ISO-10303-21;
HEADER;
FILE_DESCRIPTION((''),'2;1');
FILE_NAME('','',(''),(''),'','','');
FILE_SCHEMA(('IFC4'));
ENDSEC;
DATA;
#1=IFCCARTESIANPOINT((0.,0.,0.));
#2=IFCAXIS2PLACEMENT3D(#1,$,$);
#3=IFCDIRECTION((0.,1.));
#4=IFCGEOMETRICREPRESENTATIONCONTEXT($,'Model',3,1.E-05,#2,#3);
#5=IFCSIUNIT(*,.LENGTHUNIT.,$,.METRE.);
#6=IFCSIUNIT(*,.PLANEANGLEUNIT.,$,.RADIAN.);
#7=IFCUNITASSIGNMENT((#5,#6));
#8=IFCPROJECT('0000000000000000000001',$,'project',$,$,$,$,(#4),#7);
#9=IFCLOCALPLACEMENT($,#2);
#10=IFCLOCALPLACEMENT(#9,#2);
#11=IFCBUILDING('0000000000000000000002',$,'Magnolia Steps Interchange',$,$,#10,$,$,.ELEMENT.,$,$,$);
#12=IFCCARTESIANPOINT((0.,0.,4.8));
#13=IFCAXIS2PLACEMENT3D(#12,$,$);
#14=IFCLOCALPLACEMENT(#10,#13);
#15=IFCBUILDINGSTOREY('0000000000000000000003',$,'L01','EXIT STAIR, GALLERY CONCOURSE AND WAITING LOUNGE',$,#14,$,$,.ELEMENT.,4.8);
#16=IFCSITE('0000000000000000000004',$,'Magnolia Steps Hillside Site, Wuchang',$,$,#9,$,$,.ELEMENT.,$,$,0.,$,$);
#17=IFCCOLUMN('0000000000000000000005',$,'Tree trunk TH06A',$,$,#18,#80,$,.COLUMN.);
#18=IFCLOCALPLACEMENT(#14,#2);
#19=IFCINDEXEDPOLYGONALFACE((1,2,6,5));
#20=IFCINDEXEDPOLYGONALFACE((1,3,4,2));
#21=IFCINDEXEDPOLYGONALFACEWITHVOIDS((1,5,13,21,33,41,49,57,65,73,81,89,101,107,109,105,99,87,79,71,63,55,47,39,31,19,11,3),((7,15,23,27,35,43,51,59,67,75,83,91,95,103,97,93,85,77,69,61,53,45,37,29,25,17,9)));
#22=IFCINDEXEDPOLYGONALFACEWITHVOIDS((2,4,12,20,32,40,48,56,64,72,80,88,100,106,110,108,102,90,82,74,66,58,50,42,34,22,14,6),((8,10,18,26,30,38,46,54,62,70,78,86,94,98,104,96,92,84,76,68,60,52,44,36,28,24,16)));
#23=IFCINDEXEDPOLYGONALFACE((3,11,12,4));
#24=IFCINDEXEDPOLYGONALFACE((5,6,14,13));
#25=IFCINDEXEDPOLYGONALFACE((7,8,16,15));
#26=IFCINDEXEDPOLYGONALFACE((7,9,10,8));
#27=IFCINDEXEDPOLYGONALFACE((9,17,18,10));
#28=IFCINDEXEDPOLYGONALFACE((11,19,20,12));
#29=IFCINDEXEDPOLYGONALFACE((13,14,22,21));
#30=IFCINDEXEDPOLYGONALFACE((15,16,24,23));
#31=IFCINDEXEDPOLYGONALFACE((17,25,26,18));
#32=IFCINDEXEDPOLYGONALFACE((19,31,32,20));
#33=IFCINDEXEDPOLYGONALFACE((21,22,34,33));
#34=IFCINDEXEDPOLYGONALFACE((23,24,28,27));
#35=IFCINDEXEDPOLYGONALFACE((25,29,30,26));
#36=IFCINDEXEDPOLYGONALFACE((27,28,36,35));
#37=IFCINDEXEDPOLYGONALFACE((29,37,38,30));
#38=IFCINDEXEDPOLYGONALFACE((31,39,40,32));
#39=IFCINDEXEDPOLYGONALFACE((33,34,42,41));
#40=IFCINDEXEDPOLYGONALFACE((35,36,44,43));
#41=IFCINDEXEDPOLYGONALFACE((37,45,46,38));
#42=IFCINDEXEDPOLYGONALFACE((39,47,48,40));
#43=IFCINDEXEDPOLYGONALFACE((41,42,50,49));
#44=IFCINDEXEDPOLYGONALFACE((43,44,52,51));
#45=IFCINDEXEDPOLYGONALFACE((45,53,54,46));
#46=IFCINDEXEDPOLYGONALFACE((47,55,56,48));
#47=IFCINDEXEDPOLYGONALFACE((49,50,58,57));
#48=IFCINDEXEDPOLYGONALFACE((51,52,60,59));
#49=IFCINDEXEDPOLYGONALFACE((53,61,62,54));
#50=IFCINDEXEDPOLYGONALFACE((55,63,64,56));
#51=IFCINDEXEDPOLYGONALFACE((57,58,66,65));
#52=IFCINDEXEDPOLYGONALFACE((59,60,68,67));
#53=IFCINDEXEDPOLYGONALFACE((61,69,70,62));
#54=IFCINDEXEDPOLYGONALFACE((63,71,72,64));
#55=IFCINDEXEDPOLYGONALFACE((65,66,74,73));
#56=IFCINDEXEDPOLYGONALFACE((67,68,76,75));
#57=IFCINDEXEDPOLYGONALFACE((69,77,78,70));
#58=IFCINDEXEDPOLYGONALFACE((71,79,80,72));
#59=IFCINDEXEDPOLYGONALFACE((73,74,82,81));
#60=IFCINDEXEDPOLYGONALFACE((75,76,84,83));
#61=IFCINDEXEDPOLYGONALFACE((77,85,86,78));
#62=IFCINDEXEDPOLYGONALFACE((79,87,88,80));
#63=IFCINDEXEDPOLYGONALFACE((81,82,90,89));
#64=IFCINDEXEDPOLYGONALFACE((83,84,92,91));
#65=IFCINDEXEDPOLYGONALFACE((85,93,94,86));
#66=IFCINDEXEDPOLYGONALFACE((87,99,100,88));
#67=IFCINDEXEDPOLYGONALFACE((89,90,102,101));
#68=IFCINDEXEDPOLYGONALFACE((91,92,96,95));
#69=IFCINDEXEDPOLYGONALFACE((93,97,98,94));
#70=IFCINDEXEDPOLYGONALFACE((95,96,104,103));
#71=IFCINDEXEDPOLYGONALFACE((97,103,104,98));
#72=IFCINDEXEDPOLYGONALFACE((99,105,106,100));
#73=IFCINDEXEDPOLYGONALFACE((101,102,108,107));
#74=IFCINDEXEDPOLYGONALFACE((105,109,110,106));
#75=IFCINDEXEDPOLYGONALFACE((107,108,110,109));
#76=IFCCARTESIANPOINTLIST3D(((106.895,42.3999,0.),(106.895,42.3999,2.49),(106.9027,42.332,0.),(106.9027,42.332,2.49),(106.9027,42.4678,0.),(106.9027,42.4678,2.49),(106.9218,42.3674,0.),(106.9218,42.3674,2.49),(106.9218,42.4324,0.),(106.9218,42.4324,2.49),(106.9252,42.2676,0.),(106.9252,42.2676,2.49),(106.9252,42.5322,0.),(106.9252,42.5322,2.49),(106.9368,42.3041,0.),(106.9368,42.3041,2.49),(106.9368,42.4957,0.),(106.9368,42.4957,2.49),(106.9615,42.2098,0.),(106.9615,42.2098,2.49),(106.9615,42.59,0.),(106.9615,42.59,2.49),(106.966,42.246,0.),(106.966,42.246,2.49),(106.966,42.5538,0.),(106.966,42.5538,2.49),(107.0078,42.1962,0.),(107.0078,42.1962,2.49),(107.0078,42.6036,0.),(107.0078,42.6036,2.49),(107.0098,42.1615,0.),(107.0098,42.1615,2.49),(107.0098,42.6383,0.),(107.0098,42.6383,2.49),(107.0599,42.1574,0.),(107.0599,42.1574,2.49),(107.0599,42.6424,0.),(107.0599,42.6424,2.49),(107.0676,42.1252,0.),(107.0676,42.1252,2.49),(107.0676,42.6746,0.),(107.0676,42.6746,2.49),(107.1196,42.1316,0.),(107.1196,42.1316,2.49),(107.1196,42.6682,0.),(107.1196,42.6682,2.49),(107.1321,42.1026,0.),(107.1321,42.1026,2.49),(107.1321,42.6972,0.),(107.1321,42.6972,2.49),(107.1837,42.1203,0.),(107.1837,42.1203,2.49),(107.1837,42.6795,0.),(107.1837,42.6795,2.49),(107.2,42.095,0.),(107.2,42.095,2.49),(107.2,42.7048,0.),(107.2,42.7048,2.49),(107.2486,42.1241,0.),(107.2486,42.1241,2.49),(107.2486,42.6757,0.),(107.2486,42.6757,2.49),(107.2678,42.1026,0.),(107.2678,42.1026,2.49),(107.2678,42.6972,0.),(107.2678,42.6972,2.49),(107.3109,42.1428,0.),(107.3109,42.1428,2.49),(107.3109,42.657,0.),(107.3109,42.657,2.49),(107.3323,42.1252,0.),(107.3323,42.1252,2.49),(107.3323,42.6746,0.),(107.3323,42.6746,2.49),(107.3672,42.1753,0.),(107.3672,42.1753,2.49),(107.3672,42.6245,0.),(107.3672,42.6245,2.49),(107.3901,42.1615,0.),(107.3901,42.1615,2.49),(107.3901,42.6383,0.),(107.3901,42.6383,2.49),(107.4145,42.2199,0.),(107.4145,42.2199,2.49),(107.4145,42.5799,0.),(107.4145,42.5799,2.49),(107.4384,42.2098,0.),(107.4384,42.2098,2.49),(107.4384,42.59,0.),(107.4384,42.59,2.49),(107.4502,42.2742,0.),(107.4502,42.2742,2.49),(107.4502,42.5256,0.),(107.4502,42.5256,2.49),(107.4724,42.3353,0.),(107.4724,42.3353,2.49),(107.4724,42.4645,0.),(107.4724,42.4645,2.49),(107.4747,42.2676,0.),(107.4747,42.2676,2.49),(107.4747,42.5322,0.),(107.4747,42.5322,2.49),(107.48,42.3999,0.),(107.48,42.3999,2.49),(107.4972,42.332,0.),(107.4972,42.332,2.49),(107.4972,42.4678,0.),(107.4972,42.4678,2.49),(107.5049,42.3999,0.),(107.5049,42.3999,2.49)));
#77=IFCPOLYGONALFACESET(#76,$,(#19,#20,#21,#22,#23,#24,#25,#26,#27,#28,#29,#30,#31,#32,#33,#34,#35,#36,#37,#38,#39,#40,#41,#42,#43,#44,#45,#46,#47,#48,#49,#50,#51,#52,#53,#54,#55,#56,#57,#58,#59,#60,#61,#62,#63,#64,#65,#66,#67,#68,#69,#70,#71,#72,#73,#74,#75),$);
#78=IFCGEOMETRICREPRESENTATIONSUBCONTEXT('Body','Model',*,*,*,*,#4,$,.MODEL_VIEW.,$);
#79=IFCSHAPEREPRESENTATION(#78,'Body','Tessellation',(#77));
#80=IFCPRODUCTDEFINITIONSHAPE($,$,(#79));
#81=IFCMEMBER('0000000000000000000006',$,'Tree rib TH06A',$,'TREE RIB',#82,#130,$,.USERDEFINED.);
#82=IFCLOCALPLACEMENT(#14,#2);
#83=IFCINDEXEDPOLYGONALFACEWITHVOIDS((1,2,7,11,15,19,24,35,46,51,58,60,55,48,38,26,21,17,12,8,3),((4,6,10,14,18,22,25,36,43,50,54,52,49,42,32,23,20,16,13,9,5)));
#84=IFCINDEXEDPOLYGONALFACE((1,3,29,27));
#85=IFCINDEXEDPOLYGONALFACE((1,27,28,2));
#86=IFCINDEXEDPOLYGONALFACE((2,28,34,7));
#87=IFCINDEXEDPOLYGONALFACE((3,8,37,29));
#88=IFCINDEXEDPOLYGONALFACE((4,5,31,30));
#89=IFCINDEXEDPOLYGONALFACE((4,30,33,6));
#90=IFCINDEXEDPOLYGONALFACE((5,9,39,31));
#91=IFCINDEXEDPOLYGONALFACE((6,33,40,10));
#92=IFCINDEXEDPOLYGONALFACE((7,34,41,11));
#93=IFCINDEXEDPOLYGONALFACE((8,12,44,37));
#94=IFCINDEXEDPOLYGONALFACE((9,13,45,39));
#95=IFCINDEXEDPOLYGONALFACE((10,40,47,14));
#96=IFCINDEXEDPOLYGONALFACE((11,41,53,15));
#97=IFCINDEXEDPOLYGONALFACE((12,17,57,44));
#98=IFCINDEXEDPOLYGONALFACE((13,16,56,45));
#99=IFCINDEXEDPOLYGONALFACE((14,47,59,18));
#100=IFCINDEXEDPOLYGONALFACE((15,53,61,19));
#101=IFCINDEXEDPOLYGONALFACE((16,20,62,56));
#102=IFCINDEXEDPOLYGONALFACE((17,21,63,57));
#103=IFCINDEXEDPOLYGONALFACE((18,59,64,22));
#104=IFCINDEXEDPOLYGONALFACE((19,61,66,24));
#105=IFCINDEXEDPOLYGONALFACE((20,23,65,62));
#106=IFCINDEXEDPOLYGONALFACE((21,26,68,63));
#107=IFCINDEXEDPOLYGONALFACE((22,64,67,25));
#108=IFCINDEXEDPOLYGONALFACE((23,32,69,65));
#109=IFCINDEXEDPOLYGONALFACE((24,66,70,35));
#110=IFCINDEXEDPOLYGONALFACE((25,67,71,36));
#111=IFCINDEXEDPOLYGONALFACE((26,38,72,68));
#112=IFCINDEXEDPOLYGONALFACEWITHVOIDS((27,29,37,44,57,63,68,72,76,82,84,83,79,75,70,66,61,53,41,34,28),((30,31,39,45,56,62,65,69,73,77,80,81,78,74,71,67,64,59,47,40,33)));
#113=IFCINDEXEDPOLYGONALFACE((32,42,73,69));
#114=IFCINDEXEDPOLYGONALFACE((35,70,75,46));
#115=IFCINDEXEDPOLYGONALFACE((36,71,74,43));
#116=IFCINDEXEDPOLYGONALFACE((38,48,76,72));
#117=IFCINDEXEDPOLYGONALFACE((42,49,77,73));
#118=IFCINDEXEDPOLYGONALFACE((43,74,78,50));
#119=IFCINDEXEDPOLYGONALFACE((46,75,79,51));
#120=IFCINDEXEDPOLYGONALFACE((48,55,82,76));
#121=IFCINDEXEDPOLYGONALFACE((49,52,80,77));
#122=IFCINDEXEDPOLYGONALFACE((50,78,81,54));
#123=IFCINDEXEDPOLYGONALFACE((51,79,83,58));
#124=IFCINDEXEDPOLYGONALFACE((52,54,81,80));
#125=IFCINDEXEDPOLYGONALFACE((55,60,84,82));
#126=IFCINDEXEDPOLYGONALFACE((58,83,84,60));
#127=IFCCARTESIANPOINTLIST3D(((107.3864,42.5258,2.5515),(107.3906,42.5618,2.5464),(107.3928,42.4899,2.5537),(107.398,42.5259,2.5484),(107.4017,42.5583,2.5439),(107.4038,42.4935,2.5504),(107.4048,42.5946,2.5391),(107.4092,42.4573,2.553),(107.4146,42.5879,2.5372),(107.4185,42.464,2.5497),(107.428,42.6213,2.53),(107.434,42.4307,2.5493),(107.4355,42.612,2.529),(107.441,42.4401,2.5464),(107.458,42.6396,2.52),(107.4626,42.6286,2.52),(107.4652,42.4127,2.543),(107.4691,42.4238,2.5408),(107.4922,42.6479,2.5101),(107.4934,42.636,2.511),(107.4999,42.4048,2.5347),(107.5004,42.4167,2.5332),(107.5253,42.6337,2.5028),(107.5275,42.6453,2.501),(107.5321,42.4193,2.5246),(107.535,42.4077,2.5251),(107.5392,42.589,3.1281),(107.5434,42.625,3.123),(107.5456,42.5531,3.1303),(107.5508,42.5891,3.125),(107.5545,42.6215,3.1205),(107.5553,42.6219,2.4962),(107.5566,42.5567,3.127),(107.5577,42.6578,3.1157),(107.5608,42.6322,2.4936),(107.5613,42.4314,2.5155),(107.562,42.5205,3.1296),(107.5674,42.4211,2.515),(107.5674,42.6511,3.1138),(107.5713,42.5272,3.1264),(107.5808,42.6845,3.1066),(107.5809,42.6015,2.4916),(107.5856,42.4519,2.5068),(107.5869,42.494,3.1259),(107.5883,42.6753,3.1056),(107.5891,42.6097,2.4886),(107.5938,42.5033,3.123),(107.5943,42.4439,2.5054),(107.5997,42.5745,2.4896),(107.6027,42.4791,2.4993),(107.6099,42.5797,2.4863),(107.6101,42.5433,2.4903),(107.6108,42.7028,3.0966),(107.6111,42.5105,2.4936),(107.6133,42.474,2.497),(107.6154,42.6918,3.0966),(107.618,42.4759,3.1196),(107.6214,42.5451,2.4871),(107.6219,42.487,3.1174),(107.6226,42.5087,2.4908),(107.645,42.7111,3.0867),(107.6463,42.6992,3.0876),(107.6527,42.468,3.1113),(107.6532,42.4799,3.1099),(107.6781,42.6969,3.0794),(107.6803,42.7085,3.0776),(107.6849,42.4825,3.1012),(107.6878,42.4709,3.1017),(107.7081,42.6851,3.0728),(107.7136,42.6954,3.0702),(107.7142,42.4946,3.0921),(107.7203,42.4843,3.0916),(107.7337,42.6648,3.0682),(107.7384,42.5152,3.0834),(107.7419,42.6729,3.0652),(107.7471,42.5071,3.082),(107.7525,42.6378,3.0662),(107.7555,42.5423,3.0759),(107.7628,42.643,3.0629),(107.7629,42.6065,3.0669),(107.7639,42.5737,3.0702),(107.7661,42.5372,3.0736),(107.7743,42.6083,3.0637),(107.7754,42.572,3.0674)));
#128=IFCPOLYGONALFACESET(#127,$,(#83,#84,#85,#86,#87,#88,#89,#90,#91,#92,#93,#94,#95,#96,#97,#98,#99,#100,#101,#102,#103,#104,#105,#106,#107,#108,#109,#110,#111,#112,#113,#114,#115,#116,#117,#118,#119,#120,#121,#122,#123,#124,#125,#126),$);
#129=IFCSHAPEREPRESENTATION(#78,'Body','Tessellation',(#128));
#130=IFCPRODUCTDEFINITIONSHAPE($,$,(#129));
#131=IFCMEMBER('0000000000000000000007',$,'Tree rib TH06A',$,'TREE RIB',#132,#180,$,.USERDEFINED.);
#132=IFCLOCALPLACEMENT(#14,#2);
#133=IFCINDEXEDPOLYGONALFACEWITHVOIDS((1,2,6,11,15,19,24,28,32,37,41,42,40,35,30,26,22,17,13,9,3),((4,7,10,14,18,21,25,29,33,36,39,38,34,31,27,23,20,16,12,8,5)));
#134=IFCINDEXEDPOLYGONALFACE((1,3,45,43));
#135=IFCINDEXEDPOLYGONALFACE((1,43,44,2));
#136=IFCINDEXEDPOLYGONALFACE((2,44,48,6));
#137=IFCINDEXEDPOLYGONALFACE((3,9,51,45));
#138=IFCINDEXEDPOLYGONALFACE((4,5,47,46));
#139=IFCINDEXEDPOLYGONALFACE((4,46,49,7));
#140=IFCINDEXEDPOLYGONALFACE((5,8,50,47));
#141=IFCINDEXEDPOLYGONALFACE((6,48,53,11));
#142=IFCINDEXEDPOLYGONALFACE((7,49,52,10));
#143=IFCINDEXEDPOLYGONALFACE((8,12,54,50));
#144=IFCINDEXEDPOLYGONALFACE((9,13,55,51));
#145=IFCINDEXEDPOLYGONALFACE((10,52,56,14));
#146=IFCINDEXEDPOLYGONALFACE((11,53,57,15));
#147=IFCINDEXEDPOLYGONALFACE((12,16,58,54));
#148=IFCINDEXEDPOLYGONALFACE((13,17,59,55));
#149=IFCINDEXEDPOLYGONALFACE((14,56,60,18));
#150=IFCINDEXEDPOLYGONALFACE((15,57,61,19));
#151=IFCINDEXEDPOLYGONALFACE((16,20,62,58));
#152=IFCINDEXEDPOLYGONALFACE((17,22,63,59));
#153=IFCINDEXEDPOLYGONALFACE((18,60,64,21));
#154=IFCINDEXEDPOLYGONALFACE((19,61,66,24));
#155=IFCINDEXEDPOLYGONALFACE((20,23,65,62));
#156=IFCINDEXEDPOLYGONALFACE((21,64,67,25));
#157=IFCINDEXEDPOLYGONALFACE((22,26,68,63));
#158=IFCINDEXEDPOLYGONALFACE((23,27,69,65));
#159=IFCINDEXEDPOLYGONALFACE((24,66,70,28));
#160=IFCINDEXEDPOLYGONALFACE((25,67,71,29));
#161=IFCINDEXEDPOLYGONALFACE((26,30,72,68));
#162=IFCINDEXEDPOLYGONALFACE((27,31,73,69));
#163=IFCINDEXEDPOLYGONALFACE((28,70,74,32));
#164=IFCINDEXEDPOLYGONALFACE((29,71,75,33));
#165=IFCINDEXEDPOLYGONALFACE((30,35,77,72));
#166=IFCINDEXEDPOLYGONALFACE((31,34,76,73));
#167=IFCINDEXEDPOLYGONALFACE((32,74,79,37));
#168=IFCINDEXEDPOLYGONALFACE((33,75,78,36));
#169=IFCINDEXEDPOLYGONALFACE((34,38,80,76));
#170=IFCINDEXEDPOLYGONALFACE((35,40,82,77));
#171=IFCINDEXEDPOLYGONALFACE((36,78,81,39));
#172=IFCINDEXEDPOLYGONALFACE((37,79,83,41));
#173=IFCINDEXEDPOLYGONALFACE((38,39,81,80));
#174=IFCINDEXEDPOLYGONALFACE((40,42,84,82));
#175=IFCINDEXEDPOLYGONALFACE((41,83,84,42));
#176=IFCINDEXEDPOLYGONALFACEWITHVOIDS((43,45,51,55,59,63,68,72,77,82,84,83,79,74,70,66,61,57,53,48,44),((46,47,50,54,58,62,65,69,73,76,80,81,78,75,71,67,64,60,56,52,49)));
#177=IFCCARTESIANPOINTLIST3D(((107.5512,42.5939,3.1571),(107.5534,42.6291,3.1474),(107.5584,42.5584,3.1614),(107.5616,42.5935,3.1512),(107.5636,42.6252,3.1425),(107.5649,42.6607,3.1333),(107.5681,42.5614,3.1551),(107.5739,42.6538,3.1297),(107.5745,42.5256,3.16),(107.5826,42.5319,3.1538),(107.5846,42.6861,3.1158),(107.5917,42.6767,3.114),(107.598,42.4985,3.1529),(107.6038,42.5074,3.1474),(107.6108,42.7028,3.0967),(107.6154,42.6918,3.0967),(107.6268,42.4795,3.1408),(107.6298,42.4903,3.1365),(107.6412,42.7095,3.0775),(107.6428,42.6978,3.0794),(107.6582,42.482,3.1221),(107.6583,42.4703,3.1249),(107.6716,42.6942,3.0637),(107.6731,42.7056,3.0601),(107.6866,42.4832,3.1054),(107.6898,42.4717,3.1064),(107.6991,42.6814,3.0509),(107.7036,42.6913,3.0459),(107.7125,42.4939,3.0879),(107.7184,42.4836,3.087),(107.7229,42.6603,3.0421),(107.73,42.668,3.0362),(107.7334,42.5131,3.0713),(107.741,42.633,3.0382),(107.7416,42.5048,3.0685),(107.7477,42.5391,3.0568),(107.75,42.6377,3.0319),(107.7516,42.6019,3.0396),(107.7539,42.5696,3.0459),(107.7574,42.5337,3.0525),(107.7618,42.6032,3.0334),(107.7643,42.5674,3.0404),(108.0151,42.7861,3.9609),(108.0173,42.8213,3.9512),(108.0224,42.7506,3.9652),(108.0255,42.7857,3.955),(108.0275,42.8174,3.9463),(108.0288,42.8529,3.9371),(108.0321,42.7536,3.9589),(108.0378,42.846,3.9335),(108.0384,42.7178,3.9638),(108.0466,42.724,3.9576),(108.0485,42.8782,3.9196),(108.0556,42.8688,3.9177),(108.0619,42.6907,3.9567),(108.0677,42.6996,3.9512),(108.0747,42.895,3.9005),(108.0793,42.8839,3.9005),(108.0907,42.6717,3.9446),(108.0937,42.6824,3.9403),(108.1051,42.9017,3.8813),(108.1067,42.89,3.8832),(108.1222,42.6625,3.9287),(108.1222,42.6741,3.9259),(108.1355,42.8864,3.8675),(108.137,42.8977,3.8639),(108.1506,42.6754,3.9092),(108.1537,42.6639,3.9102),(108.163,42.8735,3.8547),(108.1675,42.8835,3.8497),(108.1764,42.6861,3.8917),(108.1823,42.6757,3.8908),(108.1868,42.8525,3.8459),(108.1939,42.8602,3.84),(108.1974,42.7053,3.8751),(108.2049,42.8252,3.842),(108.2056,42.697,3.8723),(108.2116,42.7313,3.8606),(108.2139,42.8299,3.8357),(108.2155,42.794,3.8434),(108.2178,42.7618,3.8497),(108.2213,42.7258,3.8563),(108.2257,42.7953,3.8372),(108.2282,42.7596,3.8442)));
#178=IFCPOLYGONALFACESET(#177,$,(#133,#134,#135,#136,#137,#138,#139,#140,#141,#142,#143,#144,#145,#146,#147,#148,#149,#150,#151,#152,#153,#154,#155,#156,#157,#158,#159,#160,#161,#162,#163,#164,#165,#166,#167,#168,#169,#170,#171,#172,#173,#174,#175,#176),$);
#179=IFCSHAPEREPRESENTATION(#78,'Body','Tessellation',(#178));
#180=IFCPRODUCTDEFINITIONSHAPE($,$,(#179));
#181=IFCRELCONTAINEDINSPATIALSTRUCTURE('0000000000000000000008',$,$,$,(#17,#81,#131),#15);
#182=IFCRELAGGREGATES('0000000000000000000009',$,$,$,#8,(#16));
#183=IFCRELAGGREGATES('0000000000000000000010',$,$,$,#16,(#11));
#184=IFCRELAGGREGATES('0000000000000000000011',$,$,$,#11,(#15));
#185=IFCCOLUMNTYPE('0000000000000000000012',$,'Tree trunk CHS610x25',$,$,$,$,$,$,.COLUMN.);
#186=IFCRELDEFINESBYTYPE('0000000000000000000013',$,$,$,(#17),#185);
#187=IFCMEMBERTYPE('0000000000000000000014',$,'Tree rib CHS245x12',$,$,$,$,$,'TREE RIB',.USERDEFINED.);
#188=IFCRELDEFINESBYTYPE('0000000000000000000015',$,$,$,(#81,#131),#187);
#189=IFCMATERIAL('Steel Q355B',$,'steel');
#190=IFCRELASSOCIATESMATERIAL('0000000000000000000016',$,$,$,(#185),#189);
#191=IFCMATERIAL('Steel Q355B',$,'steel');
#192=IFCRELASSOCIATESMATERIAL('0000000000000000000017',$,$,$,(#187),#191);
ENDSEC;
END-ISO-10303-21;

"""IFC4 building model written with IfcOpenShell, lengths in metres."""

from ifc_helpers import new_model, si_unit, direction, frame, origin, origin_2d, place, context, subcontext, project, spatial, hollow_circle, extrude, material, material_profile, profile_set, type_object, element, save


model = new_model("IFC4")

# Units and contexts
model_context = context("Model", 3, precision=1e-05, world=origin(), true_north=direction((0.0, 1.0)))
body_context = subcontext(model_context, "Body", "Model", "MODEL_VIEW")
ifc_project = project(units=[si_unit("LENGTHUNIT", "METRE"), si_unit("PLANEANGLEUNIT", "RADIAN")], contexts=[model_context])

# Site, building, storey
site_placement = place(None, origin())
site = spatial("IfcSite", under=ifc_project, at=site_placement, Name="Magnolia Steps Hillside Site, Wuchang", CompositionType="ELEMENT", RefElevation=0.0)
building_placement = place(site_placement, origin())
building = spatial("IfcBuilding", under=site, at=building_placement, Name="Magnolia Steps Interchange", CompositionType="ELEMENT")
storey_placement = place(building_placement, frame((0.0, 0.0, 4.8)))
storey = spatial("IfcBuildingStorey", under=building, at=storey_placement, Name="L01", Description="EXIT STAIR, GALLERY CONCOURSE AND WAITING LOUNGE", CompositionType="ELEMENT", Elevation=4.8)

# Column
ifc_material_1 = material(Name="Steel Q355B", Category="steel")
ifc_material_profile_1 = material_profile(ifc_material_1, hollow_circle(Radius=0.3049, WallThickness=0.0249, at=origin_2d()), Name="CHS610x25")
ifc_profile_set_1 = profile_set([ifc_material_profile_1], Name="Steel Q355B")
column_type = type_object("IfcColumnType", Name="Tree trunk CHS610x25", PredefinedType="COLUMN", material=ifc_profile_set_1)
column_placement = place(storey_placement, frame((107.2, 42.3999, 0.0), z_axis=(0.0, 0.0, 1.0), x_axis=(1.0, 0.0, 0.0)))
element("IfcColumn", 1, at=column_placement, inside=storey, type_object=column_type, Name="Tree trunk TH06A", PredefinedType="COLUMN", context=body_context, shape_type="SweptSolid", body=[
    extrude(hollow_circle(Radius=0.3049, WallThickness=0.0249, at=origin_2d()), origin(), (0.0, 0.0, 1.0), 2.49),
])

# Members
ifc_material_2 = material(Name="Steel Q355B", Category="steel")
ifc_material_profile_2 = material_profile(ifc_material_2, hollow_circle(Radius=0.1226, WallThickness=0.012, at=origin_2d()), Name="CHS245x12")
ifc_profile_set_2 = profile_set([ifc_material_profile_2], Name="Steel Q355B")
member_type = type_object("IfcMemberType", Name="Tree rib CHS245x12", ElementType="TREE RIB", PredefinedType="USERDEFINED", material=ifc_profile_set_2)
member_1_placement = place(storey_placement, frame((107.5049, 42.5264, 2.52), z_axis=(0.254758, 0.105403, 0.961243), x_axis=(-0.382308, 0.924035, 0.0)))
element("IfcMember", 2, at=member_1_placement, inside=storey, type_object=member_type, Name="Tree rib TH06A", ObjectType="TREE RIB", PredefinedType="USERDEFINED", context=body_context, shape_type="SweptSolid", body=[
    extrude(hollow_circle(Radius=0.1226, WallThickness=0.012, at=origin_2d()), origin(), (0.0, 0.0, 1.0), 0.5999),
])
member_2_placement = place(storey_placement, frame((107.6577, 42.5896, 3.0967), z_axis=(0.489492, 0.202753, 0.848109), x_axis=(-0.382681, 0.923881, 0.0)))
element("IfcMember", 3, at=member_2_placement, inside=storey, type_object=member_type, Name="Tree rib TH06A", ObjectType="TREE RIB", PredefinedType="USERDEFINED", context=body_context, shape_type="SweptSolid", body=[
    extrude(hollow_circle(Radius=0.1226, WallThickness=0.012, at=origin_2d()), origin(), (0.0, 0.0, 1.0), 0.9478),
])

save(model, "model.ifc")
